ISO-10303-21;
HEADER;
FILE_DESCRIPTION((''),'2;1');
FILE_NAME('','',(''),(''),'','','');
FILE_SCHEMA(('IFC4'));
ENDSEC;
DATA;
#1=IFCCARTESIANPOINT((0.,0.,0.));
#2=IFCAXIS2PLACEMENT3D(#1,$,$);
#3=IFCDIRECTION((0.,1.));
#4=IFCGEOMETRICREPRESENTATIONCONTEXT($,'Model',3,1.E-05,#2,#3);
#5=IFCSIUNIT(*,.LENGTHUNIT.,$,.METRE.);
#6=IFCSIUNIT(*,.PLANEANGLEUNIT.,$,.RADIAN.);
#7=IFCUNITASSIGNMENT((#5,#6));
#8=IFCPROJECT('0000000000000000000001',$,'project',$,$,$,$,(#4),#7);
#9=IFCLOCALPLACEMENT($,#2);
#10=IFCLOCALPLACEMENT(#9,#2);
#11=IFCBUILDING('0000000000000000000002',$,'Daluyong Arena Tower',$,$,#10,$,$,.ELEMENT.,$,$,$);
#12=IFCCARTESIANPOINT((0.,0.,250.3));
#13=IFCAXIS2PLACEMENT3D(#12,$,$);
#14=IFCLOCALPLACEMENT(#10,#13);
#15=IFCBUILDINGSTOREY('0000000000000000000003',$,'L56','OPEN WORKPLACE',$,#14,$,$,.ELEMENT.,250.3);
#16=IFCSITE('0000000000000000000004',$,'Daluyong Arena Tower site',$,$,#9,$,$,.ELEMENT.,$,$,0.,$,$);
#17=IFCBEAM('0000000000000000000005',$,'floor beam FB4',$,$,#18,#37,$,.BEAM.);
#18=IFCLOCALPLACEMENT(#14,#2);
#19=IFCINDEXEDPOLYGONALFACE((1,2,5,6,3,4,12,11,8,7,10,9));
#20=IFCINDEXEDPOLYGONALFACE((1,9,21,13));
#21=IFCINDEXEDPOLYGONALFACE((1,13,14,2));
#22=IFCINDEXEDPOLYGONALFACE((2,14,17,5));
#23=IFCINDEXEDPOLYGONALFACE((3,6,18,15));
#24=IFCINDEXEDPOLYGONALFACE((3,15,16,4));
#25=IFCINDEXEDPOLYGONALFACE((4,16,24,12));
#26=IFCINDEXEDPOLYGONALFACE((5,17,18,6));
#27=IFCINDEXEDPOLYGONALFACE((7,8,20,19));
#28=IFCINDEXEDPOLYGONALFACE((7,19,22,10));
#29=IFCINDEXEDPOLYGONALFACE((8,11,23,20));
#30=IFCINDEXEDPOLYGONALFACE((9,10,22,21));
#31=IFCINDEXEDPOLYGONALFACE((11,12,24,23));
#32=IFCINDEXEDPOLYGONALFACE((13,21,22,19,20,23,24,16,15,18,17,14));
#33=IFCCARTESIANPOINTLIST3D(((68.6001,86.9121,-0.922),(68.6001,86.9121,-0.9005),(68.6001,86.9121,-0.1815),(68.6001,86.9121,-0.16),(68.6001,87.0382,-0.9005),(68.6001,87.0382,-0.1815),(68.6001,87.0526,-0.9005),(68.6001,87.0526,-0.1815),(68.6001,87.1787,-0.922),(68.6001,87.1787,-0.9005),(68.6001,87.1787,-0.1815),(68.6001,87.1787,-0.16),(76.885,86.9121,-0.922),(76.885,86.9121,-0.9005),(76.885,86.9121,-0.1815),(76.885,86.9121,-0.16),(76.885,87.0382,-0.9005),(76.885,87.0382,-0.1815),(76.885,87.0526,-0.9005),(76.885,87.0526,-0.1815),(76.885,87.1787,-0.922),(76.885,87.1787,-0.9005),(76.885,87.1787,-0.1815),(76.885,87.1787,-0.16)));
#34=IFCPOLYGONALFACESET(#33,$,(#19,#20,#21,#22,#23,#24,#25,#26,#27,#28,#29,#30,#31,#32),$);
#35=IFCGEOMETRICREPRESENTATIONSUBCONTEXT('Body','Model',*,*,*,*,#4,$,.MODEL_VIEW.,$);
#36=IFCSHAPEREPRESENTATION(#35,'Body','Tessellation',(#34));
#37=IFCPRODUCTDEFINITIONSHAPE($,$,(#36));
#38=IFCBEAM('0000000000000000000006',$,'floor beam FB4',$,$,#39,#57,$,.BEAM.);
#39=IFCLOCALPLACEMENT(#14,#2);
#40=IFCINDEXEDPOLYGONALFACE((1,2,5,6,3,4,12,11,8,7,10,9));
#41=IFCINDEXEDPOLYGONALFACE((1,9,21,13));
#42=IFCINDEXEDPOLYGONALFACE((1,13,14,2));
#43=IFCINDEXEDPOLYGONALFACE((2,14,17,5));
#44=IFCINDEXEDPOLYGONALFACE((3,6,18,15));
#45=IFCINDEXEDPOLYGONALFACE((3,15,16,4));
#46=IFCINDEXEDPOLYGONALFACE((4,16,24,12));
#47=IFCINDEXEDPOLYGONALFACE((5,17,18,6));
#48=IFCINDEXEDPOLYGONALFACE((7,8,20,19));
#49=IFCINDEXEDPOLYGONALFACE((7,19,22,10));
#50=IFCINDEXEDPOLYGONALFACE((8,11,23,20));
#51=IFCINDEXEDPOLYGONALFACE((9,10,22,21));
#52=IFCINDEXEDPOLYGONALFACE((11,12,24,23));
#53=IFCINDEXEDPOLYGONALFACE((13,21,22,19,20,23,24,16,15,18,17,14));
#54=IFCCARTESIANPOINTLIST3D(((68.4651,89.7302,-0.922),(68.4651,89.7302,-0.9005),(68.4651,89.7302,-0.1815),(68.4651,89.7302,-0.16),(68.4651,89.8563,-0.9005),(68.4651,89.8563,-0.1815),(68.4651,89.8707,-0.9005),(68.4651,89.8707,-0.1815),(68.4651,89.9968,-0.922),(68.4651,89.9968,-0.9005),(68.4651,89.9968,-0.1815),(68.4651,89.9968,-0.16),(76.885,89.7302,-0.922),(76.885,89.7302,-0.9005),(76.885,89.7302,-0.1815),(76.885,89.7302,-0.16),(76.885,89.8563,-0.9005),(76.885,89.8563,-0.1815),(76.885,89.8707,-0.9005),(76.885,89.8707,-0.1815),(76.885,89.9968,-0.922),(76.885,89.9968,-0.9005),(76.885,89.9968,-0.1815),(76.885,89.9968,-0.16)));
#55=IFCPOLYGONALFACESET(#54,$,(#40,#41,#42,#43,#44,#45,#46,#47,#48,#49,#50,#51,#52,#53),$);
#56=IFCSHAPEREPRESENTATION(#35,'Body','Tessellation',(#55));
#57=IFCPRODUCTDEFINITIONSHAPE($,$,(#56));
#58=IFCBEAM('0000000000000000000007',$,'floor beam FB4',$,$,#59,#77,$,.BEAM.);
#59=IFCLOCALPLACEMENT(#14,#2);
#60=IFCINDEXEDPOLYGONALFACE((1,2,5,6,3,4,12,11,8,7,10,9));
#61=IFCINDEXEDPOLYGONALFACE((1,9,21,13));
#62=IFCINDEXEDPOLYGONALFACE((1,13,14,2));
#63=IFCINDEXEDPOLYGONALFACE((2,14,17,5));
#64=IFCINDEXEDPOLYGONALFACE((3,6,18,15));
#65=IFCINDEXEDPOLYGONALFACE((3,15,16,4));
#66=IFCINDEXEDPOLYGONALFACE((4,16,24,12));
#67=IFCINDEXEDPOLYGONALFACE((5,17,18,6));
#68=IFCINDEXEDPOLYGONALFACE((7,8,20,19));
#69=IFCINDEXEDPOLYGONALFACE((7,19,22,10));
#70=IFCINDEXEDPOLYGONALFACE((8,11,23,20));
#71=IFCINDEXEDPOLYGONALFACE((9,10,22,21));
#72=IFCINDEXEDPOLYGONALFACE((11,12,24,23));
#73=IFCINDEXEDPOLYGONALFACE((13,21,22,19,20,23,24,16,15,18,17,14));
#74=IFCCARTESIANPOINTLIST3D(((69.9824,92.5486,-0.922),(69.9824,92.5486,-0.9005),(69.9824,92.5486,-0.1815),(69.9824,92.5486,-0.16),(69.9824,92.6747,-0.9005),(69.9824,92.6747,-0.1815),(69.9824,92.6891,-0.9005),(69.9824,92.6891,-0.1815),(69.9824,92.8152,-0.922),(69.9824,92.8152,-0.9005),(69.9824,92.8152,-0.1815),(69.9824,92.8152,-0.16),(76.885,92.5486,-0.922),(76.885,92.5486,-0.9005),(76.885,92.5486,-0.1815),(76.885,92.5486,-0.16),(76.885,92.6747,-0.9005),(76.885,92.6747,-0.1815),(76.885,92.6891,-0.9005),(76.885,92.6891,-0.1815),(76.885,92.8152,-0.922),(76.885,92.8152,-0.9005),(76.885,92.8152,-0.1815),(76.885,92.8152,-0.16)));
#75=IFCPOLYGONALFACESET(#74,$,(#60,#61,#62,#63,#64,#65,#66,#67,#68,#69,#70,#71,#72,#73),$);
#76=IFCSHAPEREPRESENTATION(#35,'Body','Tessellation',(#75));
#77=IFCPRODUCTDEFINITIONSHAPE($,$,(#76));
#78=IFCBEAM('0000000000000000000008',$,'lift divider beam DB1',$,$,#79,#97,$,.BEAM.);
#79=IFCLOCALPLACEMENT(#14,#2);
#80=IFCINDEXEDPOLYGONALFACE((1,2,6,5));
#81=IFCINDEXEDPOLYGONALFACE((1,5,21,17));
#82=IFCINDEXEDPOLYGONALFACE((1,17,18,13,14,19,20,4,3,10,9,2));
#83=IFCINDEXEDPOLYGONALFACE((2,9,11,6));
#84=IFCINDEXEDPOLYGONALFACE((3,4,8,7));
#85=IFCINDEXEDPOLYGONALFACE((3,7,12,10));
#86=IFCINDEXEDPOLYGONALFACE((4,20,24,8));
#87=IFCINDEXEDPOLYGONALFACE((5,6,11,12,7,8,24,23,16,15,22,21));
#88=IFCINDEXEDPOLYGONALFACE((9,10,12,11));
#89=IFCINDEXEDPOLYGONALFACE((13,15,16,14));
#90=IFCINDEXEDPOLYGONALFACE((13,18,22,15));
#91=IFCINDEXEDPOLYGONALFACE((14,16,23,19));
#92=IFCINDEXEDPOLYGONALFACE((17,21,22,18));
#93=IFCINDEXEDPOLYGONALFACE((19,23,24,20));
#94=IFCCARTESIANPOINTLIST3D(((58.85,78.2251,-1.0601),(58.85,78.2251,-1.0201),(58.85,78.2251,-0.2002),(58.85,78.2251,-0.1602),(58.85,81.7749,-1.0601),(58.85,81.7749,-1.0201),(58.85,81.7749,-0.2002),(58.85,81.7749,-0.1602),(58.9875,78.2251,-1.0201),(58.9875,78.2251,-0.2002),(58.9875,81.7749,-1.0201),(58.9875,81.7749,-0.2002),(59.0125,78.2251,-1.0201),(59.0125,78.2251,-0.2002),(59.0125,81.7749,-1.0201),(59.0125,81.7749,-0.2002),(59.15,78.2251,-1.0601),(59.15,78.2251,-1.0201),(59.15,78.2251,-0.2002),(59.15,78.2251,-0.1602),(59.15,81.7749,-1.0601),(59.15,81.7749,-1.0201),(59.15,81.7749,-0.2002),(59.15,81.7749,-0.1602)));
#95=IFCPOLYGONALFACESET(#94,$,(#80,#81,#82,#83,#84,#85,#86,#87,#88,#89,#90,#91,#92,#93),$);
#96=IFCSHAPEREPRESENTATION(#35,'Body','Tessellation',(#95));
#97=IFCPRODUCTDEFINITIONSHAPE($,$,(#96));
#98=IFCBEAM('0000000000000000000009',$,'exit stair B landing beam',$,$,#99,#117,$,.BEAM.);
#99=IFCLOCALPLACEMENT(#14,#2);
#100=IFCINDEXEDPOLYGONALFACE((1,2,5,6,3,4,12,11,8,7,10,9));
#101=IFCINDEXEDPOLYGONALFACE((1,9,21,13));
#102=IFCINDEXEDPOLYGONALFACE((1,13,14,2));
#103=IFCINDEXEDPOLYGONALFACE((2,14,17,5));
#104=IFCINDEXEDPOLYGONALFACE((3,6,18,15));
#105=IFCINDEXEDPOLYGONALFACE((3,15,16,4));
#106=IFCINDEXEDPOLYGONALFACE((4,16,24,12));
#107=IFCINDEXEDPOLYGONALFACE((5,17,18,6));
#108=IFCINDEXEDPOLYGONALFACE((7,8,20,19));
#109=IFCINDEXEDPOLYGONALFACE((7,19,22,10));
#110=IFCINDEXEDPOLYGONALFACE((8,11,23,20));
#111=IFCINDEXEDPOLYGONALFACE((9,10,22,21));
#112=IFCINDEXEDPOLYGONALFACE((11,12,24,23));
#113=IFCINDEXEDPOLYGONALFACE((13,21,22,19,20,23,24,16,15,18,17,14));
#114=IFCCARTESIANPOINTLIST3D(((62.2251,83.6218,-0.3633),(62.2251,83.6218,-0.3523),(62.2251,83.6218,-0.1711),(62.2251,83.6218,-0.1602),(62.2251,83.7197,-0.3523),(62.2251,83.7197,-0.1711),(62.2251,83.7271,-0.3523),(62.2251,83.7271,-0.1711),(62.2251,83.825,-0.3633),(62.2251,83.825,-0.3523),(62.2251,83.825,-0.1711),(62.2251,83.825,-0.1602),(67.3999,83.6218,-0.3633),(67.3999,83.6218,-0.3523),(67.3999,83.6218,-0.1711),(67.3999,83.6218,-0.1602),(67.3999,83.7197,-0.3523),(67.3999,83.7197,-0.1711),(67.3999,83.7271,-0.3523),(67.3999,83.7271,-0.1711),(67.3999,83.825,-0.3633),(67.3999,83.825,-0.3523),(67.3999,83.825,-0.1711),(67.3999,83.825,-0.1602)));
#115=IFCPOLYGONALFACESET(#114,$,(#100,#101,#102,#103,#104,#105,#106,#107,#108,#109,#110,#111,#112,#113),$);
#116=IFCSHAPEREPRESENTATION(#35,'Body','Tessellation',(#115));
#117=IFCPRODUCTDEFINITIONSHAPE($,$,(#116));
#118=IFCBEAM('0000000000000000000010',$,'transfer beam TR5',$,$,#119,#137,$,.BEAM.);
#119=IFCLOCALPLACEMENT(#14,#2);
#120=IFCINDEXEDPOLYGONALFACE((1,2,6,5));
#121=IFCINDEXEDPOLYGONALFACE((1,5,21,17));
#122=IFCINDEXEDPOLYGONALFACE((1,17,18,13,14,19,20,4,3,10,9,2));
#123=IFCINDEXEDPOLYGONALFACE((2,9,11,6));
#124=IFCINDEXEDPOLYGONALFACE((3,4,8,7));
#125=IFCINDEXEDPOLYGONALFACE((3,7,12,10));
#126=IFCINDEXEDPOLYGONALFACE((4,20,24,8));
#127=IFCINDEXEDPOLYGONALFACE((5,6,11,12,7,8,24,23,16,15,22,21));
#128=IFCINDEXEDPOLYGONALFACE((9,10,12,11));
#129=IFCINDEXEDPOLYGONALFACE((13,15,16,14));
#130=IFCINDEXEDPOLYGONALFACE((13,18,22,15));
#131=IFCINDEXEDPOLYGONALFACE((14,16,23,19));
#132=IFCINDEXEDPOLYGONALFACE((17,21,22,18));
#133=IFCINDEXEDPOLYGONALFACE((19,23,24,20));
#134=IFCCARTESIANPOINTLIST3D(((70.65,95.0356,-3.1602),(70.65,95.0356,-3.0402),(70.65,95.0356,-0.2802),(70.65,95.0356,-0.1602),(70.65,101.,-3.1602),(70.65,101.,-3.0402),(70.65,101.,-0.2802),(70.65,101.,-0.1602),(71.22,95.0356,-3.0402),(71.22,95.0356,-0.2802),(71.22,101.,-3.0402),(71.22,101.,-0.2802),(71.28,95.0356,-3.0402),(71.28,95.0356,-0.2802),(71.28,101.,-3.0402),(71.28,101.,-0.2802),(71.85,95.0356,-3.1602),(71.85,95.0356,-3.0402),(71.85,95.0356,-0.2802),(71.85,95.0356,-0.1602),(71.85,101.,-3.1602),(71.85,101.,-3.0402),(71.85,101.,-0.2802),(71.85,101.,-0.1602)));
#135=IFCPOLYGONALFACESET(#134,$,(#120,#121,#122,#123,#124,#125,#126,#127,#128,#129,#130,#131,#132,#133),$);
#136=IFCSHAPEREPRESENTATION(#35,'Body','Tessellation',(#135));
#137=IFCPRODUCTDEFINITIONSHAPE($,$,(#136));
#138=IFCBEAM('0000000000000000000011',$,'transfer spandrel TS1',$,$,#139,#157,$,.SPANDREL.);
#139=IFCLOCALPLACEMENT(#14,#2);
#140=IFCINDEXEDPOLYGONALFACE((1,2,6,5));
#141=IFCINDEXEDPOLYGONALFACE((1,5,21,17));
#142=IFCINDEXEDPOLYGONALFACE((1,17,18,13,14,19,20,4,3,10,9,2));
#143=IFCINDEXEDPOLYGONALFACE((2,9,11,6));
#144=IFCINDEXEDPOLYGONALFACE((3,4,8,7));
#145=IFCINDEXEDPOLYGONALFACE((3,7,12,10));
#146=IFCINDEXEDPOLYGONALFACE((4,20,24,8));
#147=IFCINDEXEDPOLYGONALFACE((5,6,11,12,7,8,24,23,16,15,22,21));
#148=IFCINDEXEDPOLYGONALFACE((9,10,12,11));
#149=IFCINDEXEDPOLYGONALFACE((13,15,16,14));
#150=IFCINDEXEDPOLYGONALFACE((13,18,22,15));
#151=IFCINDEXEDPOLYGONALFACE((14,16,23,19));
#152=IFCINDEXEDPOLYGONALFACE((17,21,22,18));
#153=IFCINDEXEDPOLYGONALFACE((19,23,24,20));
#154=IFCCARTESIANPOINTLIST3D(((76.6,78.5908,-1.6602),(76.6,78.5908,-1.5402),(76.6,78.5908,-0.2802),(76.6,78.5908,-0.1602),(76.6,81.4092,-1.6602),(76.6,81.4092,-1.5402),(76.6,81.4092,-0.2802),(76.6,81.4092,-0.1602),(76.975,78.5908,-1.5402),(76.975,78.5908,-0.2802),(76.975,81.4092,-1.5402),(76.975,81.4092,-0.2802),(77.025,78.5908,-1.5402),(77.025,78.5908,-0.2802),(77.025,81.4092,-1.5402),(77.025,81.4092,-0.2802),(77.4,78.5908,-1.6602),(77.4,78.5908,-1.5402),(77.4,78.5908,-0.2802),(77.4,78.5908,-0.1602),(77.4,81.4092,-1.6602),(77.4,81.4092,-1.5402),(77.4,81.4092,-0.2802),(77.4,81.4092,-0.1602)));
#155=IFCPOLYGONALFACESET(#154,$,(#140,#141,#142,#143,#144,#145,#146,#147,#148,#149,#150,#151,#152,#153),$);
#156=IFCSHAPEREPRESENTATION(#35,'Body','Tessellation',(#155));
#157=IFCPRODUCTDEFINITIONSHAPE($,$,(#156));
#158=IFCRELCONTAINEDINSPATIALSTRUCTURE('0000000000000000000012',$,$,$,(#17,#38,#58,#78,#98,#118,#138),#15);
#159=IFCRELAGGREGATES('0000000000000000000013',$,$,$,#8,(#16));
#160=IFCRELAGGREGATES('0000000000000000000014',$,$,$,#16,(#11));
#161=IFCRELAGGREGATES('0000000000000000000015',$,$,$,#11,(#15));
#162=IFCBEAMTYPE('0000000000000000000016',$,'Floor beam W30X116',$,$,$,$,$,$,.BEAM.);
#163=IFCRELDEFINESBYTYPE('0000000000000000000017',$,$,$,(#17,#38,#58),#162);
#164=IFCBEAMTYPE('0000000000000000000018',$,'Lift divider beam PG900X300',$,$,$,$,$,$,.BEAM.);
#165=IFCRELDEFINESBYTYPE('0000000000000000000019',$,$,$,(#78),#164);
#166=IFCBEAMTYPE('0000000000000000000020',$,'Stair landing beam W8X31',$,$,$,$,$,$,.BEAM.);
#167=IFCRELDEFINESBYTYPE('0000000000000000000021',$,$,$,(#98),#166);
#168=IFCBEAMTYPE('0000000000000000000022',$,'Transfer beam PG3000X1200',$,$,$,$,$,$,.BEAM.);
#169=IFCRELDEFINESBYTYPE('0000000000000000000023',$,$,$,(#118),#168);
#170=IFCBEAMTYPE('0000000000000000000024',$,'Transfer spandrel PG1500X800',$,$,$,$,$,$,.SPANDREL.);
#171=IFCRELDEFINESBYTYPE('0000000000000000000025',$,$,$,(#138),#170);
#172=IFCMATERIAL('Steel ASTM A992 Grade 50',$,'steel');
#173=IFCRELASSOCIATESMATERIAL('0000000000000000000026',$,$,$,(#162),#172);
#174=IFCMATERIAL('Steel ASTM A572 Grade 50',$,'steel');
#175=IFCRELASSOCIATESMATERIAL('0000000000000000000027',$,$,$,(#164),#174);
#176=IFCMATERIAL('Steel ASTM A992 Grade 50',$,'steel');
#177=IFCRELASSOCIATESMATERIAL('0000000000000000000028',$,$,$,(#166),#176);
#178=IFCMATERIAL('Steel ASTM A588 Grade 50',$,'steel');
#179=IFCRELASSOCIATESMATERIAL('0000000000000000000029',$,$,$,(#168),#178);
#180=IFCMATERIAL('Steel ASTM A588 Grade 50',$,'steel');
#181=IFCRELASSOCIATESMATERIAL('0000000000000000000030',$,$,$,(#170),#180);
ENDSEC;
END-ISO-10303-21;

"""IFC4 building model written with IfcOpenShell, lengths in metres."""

from ifc_helpers import new_model, si_unit, direction, frame, origin, origin_2d, place, context, subcontext, project, spatial, i_section, extrude, material, material_profile, profile_set, type_object, element, save


model = new_model("IFC4")

# Units and contexts
model_context = context("Model", 3, precision=1e-05, world=origin(), true_north=direction((0.0, 1.0)))
body_context = subcontext(model_context, "Body", "Model", "MODEL_VIEW")
ifc_project = project(units=[si_unit("LENGTHUNIT", "METRE"), si_unit("PLANEANGLEUNIT", "RADIAN")], contexts=[model_context])

# Site, building, storey
site_placement = place(None, origin())
site = spatial("IfcSite", under=ifc_project, at=site_placement, Name="Daluyong Arena Tower site", CompositionType="ELEMENT", RefElevation=0.0)
building_placement = place(site_placement, origin())
building = spatial("IfcBuilding", under=site, at=building_placement, Name="Daluyong Arena Tower", CompositionType="ELEMENT")
storey_placement = place(building_placement, frame((0.0, 0.0, 250.3)))
storey = spatial("IfcBuildingStorey", under=building, at=storey_placement, Name="L56", Description="OPEN WORKPLACE", CompositionType="ELEMENT", Elevation=250.3)

# Beams
ifc_material_1 = material(Name="Steel ASTM A992 Grade 50", Category="steel")
ifc_material_profile_1 = material_profile(ifc_material_1, i_section(OverallWidth=0.2666, OverallDepth=0.762, WebThickness=0.0144, FlangeThickness=0.0215, at=origin_2d()))
ifc_profile_set_1 = profile_set([ifc_material_profile_1], Name="Steel ASTM A992 Grade 50")
beam_type_1 = type_object("IfcBeamType", Name="Floor beam W30X116", PredefinedType="BEAM", material=ifc_profile_set_1)
for number, where, z_axis, x_axis, name in (
    (1, (76.885, 87.0454, -0.541), (-1.0, 0.0, 0.0), (0.0, -1.0, 0.0), "floor beam FB4"),
):
    element("IfcBeam", number, at=place(storey_placement, frame(where, z_axis=z_axis, x_axis=x_axis)), inside=storey, type_object=beam_type_1, Name=name, PredefinedType="BEAM", context=body_context, shape_type="SweptSolid", body=[
        extrude(i_section(OverallWidth=0.2666, OverallDepth=0.762, WebThickness=0.0144, FlangeThickness=0.0215, at=origin_2d()), origin(), (0.0, 0.0, 1.0), 8.2849),
    ])
beam_1_placement = place(storey_placement, frame((76.885, 89.8635, -0.541), z_axis=(-1.0, 0.0, 0.0), x_axis=(0.0, -1.0, 0.0)))
element("IfcBeam", 2, at=beam_1_placement, inside=storey, type_object=beam_type_1, Name="floor beam FB4", PredefinedType="BEAM", context=body_context, shape_type="SweptSolid", body=[
    extrude(i_section(OverallWidth=0.2666, OverallDepth=0.762, WebThickness=0.0144, FlangeThickness=0.0215, at=origin_2d()), origin(), (0.0, 0.0, 1.0), 8.4199),
])
beam_2_placement = place(storey_placement, frame((76.885, 92.6819, -0.541), z_axis=(-1.0, 0.0, 0.0), x_axis=(0.0, -1.0, 0.0)))
element("IfcBeam", 3, at=beam_2_placement, inside=storey, type_object=beam_type_1, Name="floor beam FB4", PredefinedType="BEAM", context=body_context, shape_type="SweptSolid", body=[
    extrude(i_section(OverallWidth=0.2666, OverallDepth=0.762, WebThickness=0.0144, FlangeThickness=0.0215, at=origin_2d()), origin(), (0.0, 0.0, 1.0), 6.9026),
])
ifc_material_2 = material(Name="Steel ASTM A572 Grade 50", Category="steel")
ifc_material_profile_2 = material_profile(ifc_material_2, i_section(OverallWidth=0.3, OverallDepth=0.8999, WebThickness=0.025, FlangeThickness=0.04, at=origin_2d()))
ifc_profile_set_2 = profile_set([ifc_material_profile_2], Name="Steel ASTM A572 Grade 50")
beam_type_2 = type_object("IfcBeamType", Name="Lift divider beam PG900X300", PredefinedType="BEAM", material=ifc_profile_set_2)
beam_3_placement = place(storey_placement, frame((59.0, 78.2251, -0.6101), z_axis=(0.0, 1.0, 0.0), x_axis=(-1.0, 0.0, 0.0)))
element("IfcBeam", 4, at=beam_3_placement, inside=storey, type_object=beam_type_2, Name="lift divider beam DB1", PredefinedType="BEAM", context=body_context, shape_type="SweptSolid", body=[
    extrude(i_section(OverallWidth=0.3, OverallDepth=0.8999, WebThickness=0.025, FlangeThickness=0.04, at=origin_2d()), origin(), (0.0, 0.0, 1.0), 3.5498),
])
ifc_material_3 = material(Name="Steel ASTM A992 Grade 50", Category="steel")
ifc_material_profile_3 = material_profile(ifc_material_3, i_section(OverallWidth=0.2031, OverallDepth=0.2031, WebThickness=0.0073, FlangeThickness=0.011, at=origin_2d()))
ifc_profile_set_3 = profile_set([ifc_material_profile_3], Name="Steel ASTM A992 Grade 50")
beam_type_3 = type_object("IfcBeamType", Name="Stair landing beam W8X31", PredefinedType="BEAM", material=ifc_profile_set_3)
beam_4_placement = place(storey_placement, frame((62.2251, 83.7234, -0.2617), z_axis=(1.0, 0.0, 0.0), x_axis=(0.0, 1.0, 0.0)))
element("IfcBeam", 5, at=beam_4_placement, inside=storey, type_object=beam_type_3, Name="exit stair B landing beam", PredefinedType="BEAM", context=body_context, shape_type="SweptSolid", body=[
    extrude(i_section(OverallWidth=0.2031, OverallDepth=0.2031, WebThickness=0.0073, FlangeThickness=0.011, at=origin_2d()), origin(), (0.0, 0.0, 1.0), 5.1748),
])
ifc_material_4 = material(Name="Steel ASTM A588 Grade 50", Category="steel")
ifc_material_profile_4 = material_profile(ifc_material_4, i_section(OverallWidth=1.2, OverallDepth=3.0, WebThickness=0.06, FlangeThickness=0.12, at=origin_2d()))
ifc_profile_set_4 = profile_set([ifc_material_profile_4], Name="Steel ASTM A588 Grade 50")
beam_type_4 = type_object("IfcBeamType", Name="Transfer beam PG3000X1200", PredefinedType="BEAM", material=ifc_profile_set_4)
beam_5_placement = place(storey_placement, frame((71.25, 95.0356, -1.6602), z_axis=(0.0, 1.0, 0.0), x_axis=(-1.0, 0.0, 0.0)))
element("IfcBeam", 6, at=beam_5_placement, inside=storey, type_object=beam_type_4, Name="transfer beam TR5", PredefinedType="BEAM", context=body_context, shape_type="SweptSolid", body=[
    extrude(i_section(OverallWidth=1.2, OverallDepth=3.0, WebThickness=0.06, FlangeThickness=0.12, at=origin_2d()), origin(), (0.0, 0.0, 1.0), 5.9644),
])
ifc_material_5 = material(Name="Steel ASTM A588 Grade 50", Category="steel")
ifc_material_profile_5 = material_profile(ifc_material_5, i_section(OverallWidth=0.8, OverallDepth=1.5, WebThickness=0.05, FlangeThickness=0.12, at=origin_2d()))
ifc_profile_set_5 = profile_set([ifc_material_profile_5], Name="Steel ASTM A588 Grade 50")
beam_type_5 = type_object("IfcBeamType", Name="Transfer spandrel PG1500X800", PredefinedType="SPANDREL", material=ifc_profile_set_5)
beam_6_placement = place(storey_placement, frame((77.0, 78.5908, -0.9102), z_axis=(0.0, 1.0, 0.0), x_axis=(-1.0, 0.0, 0.0)))
element("IfcBeam", 7, at=beam_6_placement, inside=storey, type_object=beam_type_5, Name="transfer spandrel TS1", PredefinedType="SPANDREL", context=body_context, shape_type="SweptSolid", body=[
    extrude(i_section(OverallWidth=0.8, OverallDepth=1.5, WebThickness=0.05, FlangeThickness=0.12, at=origin_2d()), origin(), (0.0, 0.0, 1.0), 2.8184),
])

save(model, "model.ifc")
